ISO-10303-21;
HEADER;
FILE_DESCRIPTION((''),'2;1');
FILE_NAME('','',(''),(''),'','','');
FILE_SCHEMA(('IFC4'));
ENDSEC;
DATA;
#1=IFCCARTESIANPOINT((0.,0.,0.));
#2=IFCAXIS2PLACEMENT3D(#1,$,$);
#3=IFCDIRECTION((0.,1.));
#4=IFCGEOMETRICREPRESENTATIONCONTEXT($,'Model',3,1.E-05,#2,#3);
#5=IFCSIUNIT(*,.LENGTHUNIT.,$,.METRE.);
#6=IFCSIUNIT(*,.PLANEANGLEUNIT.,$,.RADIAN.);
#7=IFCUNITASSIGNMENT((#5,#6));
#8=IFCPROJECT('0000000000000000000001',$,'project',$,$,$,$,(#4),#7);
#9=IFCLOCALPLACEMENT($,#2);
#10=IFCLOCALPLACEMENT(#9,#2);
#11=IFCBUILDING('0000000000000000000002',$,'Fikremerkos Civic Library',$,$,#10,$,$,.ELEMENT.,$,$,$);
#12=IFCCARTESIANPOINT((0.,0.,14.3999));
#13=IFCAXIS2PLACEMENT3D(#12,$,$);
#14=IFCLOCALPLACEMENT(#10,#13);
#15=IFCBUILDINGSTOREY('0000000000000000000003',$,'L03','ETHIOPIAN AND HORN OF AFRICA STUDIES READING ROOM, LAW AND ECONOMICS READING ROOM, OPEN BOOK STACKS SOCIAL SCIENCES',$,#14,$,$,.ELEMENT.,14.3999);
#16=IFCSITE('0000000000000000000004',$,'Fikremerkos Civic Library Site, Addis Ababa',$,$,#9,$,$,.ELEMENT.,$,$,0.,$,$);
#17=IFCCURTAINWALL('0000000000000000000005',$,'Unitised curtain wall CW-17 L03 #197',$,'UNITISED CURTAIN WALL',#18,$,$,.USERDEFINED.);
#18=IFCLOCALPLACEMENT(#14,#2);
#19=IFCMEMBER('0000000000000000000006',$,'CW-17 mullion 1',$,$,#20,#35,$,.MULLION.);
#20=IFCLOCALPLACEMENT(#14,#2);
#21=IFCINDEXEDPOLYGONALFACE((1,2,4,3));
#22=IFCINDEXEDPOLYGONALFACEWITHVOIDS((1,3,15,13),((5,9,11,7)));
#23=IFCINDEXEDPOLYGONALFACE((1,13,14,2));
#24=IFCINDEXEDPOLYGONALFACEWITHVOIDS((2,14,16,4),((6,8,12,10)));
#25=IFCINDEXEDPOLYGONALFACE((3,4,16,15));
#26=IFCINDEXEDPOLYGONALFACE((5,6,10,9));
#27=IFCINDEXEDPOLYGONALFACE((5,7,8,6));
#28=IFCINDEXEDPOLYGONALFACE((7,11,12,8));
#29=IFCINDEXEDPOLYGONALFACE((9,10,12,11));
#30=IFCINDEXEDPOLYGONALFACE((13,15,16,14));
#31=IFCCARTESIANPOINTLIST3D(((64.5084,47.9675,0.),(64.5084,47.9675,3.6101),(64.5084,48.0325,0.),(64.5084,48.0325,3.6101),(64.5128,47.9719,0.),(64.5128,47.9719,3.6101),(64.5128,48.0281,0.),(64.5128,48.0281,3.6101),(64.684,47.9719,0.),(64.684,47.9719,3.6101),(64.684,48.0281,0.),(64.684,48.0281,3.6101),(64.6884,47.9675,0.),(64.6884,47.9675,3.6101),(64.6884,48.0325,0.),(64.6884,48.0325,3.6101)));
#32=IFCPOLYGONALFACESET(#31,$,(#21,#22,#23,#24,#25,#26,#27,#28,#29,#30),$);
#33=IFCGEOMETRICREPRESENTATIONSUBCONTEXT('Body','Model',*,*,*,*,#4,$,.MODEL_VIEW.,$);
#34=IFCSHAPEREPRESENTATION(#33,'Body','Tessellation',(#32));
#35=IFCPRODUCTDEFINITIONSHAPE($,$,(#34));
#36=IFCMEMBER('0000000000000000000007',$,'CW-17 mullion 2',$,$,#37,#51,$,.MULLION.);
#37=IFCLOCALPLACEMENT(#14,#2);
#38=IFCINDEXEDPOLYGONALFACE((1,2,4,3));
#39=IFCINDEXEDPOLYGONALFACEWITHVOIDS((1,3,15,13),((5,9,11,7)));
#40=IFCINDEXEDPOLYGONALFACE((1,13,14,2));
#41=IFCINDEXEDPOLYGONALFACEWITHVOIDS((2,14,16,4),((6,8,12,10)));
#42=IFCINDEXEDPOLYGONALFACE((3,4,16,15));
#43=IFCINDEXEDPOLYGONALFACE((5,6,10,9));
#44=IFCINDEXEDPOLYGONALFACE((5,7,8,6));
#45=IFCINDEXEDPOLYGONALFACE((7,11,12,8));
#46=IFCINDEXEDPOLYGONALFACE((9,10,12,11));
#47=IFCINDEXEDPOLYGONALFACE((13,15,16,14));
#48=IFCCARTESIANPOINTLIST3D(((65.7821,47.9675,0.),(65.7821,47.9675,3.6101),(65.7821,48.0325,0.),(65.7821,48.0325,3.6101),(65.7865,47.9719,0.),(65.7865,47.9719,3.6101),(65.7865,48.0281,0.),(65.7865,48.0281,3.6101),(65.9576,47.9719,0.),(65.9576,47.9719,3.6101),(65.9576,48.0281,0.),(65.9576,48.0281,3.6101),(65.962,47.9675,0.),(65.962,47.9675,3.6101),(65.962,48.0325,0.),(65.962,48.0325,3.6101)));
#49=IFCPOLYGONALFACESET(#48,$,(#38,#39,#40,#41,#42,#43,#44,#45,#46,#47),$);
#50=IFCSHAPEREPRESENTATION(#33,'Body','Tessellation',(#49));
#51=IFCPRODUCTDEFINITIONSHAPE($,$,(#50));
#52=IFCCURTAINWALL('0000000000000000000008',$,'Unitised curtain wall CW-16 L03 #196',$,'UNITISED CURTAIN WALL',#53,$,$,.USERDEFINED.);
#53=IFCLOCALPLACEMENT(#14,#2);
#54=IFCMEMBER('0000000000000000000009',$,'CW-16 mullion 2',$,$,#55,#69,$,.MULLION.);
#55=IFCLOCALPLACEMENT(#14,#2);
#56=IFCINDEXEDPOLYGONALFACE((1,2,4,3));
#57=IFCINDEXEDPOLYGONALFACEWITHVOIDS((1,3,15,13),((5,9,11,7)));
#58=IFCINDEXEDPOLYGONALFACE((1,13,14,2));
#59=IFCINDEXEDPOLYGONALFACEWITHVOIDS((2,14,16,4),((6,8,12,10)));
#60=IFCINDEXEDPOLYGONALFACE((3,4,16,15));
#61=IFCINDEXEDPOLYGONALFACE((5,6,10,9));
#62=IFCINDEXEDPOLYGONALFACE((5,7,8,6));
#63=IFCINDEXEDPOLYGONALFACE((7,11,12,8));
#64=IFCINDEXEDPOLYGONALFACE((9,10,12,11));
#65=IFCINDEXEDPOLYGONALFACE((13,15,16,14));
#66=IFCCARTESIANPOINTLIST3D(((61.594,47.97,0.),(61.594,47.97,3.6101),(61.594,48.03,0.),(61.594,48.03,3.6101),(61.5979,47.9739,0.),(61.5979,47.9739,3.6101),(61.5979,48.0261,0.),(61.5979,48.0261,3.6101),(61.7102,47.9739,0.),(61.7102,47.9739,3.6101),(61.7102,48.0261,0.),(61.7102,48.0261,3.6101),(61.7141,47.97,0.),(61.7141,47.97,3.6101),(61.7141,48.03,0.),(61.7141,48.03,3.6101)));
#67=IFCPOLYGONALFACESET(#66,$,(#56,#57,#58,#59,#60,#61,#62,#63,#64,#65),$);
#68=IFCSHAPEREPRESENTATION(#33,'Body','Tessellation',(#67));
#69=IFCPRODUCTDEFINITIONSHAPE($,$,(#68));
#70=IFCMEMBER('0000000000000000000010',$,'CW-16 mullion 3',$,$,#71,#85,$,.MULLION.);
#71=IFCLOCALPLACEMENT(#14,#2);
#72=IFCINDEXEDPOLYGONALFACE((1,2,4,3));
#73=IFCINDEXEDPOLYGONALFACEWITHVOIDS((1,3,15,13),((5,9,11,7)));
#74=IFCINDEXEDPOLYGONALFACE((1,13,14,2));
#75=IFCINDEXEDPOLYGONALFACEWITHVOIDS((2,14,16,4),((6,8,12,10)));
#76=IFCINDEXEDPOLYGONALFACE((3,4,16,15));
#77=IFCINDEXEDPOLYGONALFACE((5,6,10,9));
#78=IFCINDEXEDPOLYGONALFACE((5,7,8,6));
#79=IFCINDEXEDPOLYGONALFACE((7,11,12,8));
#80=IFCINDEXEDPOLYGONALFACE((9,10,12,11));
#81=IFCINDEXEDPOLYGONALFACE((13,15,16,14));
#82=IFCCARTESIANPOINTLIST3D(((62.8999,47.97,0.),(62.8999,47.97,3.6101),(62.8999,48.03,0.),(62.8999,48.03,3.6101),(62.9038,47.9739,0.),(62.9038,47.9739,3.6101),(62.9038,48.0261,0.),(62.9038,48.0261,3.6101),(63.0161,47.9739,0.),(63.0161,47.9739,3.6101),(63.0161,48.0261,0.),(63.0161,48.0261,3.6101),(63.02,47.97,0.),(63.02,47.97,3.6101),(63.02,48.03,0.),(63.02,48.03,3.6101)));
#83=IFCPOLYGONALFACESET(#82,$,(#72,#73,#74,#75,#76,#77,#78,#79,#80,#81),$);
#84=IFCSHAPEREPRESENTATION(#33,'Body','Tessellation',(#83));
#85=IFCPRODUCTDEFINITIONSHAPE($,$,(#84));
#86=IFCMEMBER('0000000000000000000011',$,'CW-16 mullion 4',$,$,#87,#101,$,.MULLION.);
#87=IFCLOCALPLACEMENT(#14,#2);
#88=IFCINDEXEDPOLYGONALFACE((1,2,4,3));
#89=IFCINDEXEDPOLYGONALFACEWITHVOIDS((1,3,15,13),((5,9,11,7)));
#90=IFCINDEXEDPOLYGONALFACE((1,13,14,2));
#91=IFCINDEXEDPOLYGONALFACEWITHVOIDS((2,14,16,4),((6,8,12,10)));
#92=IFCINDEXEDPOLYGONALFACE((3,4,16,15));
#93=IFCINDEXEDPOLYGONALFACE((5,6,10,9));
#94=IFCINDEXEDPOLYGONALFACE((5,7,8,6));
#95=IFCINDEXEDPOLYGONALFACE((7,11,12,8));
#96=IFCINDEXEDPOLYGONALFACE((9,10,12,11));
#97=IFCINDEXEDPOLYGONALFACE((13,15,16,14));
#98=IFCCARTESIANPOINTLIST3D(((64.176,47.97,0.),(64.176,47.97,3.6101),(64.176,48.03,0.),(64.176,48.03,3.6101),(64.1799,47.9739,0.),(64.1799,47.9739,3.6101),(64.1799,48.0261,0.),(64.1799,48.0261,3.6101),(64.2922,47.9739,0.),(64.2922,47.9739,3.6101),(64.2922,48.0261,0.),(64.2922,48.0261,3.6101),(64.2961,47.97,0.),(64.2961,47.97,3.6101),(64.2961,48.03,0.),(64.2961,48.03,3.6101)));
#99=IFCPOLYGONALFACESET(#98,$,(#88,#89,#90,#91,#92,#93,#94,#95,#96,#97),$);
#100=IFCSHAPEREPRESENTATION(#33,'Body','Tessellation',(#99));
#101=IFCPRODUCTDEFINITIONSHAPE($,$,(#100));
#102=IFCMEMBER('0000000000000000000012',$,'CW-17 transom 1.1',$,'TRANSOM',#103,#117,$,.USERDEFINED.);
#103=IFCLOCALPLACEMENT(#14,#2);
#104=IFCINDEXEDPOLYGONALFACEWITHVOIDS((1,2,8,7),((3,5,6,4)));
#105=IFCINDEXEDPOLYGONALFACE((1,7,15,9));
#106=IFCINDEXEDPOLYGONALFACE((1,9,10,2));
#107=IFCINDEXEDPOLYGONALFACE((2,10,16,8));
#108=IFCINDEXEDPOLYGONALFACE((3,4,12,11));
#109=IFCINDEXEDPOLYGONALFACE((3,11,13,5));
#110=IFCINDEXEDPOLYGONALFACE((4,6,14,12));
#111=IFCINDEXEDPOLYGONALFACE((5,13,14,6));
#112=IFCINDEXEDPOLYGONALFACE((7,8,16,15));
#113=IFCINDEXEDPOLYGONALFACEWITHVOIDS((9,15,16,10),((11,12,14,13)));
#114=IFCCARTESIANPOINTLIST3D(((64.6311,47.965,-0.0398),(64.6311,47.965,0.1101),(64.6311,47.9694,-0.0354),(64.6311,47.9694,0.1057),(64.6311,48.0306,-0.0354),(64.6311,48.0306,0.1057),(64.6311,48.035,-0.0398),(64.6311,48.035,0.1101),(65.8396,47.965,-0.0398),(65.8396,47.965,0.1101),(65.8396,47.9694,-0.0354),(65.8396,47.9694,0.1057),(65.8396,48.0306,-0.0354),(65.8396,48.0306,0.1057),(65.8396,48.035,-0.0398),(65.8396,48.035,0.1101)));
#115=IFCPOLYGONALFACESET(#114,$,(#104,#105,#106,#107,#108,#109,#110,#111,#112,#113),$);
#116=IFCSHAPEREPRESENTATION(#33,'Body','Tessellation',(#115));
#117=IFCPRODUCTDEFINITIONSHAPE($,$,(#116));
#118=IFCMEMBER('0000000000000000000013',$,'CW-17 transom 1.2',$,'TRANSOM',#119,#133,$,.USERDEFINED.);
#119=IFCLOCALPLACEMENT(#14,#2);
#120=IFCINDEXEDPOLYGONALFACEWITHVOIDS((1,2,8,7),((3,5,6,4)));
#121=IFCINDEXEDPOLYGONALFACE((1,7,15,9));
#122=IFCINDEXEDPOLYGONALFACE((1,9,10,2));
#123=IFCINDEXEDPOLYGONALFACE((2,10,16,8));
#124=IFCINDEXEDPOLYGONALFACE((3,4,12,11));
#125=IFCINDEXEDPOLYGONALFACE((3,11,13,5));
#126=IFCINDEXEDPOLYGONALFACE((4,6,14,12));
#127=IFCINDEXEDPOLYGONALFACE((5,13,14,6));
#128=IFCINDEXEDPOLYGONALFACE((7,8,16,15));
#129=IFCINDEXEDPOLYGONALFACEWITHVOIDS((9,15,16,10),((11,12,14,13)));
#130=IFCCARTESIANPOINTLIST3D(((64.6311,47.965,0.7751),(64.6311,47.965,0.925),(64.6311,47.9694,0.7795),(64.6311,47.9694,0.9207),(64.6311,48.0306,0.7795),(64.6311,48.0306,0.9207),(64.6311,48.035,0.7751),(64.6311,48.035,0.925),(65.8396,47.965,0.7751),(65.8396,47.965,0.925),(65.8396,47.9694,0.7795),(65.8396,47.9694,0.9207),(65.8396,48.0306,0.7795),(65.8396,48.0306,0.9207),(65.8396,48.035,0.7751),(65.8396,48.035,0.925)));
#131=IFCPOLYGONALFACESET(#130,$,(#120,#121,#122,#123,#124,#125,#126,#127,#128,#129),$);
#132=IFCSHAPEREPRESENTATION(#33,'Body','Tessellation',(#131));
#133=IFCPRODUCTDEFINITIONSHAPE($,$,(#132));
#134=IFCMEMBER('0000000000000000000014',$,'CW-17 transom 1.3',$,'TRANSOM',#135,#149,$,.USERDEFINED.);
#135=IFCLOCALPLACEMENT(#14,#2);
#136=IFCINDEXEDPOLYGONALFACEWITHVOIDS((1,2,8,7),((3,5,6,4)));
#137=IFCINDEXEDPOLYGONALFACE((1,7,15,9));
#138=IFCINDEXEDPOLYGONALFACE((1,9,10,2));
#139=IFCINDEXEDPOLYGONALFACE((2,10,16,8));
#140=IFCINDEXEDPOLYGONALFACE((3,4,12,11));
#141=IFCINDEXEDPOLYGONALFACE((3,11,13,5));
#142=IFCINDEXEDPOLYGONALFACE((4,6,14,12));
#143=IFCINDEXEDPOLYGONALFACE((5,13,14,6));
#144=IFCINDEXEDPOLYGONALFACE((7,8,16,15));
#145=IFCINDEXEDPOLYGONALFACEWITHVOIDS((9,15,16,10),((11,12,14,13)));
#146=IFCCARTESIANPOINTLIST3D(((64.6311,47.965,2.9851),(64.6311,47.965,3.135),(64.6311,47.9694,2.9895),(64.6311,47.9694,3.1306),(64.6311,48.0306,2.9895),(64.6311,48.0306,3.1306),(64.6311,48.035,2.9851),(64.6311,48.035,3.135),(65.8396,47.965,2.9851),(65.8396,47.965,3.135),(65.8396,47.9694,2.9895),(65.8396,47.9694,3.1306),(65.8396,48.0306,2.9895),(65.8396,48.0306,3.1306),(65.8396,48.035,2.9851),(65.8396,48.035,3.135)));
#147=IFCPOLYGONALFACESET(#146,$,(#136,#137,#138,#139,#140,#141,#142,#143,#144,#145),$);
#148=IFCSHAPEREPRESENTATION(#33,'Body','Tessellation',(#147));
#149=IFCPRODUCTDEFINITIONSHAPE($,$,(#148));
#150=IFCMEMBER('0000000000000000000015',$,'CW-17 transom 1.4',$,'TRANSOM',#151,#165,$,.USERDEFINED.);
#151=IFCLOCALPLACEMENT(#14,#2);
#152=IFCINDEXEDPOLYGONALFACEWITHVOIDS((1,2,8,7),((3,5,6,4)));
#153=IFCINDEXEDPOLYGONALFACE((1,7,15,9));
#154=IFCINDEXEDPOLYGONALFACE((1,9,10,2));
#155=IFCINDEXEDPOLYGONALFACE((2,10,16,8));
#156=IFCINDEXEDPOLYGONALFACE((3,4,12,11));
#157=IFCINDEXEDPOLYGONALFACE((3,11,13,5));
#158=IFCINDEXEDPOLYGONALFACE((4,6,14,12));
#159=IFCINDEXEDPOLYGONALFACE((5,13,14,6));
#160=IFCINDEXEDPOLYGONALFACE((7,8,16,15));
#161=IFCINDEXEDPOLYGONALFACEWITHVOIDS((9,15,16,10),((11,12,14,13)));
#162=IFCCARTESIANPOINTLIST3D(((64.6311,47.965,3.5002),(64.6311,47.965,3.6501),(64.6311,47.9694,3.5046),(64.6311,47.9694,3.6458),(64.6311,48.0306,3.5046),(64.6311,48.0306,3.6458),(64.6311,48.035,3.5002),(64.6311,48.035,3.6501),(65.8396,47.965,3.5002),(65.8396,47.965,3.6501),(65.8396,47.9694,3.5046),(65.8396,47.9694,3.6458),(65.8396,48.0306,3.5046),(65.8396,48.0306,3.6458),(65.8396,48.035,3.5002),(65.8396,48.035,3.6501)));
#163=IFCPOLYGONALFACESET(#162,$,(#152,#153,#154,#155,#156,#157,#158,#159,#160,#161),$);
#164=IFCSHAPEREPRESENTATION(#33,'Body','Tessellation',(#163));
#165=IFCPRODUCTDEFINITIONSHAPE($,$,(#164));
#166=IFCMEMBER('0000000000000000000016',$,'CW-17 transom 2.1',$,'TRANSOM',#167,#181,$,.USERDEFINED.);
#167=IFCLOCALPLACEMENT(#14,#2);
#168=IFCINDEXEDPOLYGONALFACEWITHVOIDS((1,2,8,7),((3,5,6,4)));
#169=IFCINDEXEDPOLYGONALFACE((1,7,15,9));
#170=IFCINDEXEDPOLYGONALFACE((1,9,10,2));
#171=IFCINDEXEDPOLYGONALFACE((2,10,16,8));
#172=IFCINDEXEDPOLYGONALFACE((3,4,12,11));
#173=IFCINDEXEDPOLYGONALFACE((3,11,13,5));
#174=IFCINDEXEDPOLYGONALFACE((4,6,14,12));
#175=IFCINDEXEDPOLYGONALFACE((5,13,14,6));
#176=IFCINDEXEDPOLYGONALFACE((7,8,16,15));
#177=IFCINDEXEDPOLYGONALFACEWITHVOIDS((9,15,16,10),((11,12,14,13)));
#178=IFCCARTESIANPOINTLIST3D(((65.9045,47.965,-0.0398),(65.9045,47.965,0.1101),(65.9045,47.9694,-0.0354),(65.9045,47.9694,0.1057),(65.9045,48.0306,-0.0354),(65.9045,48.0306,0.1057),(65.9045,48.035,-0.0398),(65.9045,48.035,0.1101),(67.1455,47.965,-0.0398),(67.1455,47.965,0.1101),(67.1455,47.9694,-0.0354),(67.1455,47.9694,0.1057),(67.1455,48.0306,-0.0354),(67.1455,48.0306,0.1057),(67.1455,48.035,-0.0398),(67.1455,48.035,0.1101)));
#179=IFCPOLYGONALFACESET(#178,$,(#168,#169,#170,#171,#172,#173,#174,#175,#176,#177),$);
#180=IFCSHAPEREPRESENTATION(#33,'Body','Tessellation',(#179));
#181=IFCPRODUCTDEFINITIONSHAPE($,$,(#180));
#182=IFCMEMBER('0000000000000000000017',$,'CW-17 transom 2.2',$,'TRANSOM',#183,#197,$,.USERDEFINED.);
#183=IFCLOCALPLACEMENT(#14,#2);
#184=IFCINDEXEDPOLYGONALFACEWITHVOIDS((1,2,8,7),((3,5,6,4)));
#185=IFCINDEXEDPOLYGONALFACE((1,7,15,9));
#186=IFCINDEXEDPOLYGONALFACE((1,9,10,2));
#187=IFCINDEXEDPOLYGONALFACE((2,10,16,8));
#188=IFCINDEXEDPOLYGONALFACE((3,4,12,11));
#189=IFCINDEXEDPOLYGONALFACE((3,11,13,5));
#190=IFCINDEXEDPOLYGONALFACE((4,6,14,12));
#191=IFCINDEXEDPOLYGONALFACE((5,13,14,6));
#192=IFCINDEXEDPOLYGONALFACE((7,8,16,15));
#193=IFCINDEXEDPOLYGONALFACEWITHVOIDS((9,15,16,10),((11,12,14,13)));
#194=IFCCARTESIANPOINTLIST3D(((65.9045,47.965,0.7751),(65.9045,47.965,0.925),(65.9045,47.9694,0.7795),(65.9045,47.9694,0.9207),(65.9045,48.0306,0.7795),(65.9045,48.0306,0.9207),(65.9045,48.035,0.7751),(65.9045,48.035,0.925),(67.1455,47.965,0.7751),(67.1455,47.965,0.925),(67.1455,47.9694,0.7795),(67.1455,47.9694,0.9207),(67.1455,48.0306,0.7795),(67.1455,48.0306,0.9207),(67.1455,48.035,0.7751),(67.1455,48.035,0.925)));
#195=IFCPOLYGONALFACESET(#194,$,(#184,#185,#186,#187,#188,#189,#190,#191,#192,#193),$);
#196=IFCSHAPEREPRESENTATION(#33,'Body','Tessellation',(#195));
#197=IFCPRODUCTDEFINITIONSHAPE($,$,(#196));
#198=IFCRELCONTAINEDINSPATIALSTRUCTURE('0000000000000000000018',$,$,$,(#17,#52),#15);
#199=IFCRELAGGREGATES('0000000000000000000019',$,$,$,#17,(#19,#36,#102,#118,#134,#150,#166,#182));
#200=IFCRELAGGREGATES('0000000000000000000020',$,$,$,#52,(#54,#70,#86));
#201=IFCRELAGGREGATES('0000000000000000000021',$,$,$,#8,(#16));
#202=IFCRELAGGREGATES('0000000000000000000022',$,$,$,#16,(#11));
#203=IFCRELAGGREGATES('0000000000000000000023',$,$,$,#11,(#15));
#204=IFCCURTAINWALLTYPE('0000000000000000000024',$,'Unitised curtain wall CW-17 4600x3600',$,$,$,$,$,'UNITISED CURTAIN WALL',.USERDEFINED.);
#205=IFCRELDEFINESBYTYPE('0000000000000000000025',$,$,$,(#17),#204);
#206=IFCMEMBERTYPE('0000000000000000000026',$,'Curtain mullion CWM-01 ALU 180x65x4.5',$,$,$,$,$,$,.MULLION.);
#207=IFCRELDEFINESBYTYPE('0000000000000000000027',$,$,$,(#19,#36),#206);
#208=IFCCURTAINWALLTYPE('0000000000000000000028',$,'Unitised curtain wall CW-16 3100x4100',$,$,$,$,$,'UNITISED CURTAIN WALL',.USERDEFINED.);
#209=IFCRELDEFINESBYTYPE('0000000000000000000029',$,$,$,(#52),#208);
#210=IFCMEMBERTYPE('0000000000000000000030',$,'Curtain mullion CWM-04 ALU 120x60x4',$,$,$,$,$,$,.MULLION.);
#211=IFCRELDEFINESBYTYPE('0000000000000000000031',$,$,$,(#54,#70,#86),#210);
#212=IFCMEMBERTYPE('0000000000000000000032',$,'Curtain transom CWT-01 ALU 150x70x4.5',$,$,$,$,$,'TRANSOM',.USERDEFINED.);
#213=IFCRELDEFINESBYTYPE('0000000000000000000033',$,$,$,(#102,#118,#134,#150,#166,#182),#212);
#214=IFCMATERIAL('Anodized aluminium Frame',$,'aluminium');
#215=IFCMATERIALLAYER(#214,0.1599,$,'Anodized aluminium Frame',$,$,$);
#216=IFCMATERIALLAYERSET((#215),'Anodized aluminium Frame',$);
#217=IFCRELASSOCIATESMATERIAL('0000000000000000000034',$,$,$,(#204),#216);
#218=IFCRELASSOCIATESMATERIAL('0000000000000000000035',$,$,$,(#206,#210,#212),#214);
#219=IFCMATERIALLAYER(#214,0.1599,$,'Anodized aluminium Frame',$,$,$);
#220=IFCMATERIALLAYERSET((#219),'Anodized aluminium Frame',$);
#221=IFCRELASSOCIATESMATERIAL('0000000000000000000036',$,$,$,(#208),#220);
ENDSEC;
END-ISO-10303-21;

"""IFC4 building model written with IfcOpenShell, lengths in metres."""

from ifc_helpers import new_model, si_unit, direction, frame, origin, origin_2d, place, context, subcontext, project, spatial, hollow_rectangle, extrude, material, layer, layer_set, material_profile, profile_set, type_object, element, aggregate, save


model = new_model("IFC4")

# Units and contexts
model_context = context("Model", 3, precision=1e-05, world=origin(), true_north=direction((0.0, 1.0)))
body_context = subcontext(model_context, "Body", "Model", "MODEL_VIEW")
ifc_project = project(units=[si_unit("LENGTHUNIT", "METRE"), si_unit("PLANEANGLEUNIT", "RADIAN")], contexts=[model_context])

# Site, building, storey
site_placement = place(None, origin())
site = spatial("IfcSite", under=ifc_project, at=site_placement, Name="Fikremerkos Civic Library Site, Addis Ababa", CompositionType="ELEMENT", RefElevation=0.0)
building_placement = place(site_placement, origin())
building = spatial("IfcBuilding", under=site, at=building_placement, Name="Fikremerkos Civic Library", CompositionType="ELEMENT")
storey_placement = place(building_placement, frame((0.0, 0.0, 14.3999)))
storey = spatial("IfcBuildingStorey", under=building, at=storey_placement, Name="L03", Description="ETHIOPIAN AND HORN OF AFRICA STUDIES READING ROOM, LAW AND ECONOMICS READING ROOM, OPEN BOOK STACKS SOCIAL SCIENCES", CompositionType="ELEMENT", Elevation=14.3999)

# Curtain walls, members
ifc_material_1 = material(Name="Anodized aluminium Frame", Category="aluminium")
ifc_layer_1 = layer(ifc_material_1, 0.1599, Name="Anodized aluminium Frame")
ifc_layer_set_1 = layer_set([ifc_layer_1], Name="Anodized aluminium Frame")
curtain_wall_type_1 = type_object("IfcCurtainWallType", Name="Unitised curtain wall CW-17 4600x3600", ElementType="UNITISED CURTAIN WALL", PredefinedType="USERDEFINED", material=ifc_layer_set_1)
curtain_wall_1_placement = place(storey_placement, origin())
curtain_wall_1 = element("IfcCurtainWall", 1, at=curtain_wall_1_placement, inside=storey, type_object=curtain_wall_type_1, Name="Unitised curtain wall CW-17 L03 #197", ObjectType="UNITISED CURTAIN WALL", PredefinedType="USERDEFINED")
ifc_material_profile_1 = material_profile(ifc_material_1, hollow_rectangle(XDim=0.0649, YDim=0.1799, WallThickness=0.0044, at=origin_2d()), Name="ALU 180x65x4.5")
ifc_profile_set_1 = profile_set([ifc_material_profile_1], Name="Anodized aluminium Frame")
member_type_1 = type_object("IfcMemberType", Name="Curtain mullion CWM-01 ALU 180x65x4.5", PredefinedType="MULLION", material=ifc_profile_set_1)
member_1_placement = place(storey_placement, frame((64.5984, 48.0, 0.0), z_axis=(0.0, 0.0, 1.0), x_axis=(0.0, 1.0, 0.0)))
member_1 = element("IfcMember", 2, at=member_1_placement, type_object=member_type_1, Name="CW-17 mullion 1", PredefinedType="MULLION", context=body_context, shape_type="SweptSolid", body=[
    extrude(hollow_rectangle(XDim=0.0649, YDim=0.1799, WallThickness=0.0044, at=origin_2d()), origin(), (0.0, 0.0, 1.0), 3.6101),
])
member_2_placement = place(storey_placement, frame((65.8721, 48.0, 0.0), z_axis=(0.0, 0.0, 1.0), x_axis=(0.0, 1.0, 0.0)))
member_2 = element("IfcMember", 3, at=member_2_placement, type_object=member_type_1, Name="CW-17 mullion 2", PredefinedType="MULLION", context=body_context, shape_type="SweptSolid", body=[
    extrude(hollow_rectangle(XDim=0.0649, YDim=0.1799, WallThickness=0.0044, at=origin_2d()), origin(), (0.0, 0.0, 1.0), 3.6101),
])
ifc_layer_2 = layer(ifc_material_1, 0.1599, Name="Anodized aluminium Frame")
ifc_layer_set_2 = layer_set([ifc_layer_2], Name="Anodized aluminium Frame")
curtain_wall_type_2 = type_object("IfcCurtainWallType", Name="Unitised curtain wall CW-16 3100x4100", ElementType="UNITISED CURTAIN WALL", PredefinedType="USERDEFINED", material=ifc_layer_set_2)
curtain_wall_2_placement = place(storey_placement, origin())
curtain_wall_2 = element("IfcCurtainWall", 4, at=curtain_wall_2_placement, inside=storey, type_object=curtain_wall_type_2, Name="Unitised curtain wall CW-16 L03 #196", ObjectType="UNITISED CURTAIN WALL", PredefinedType="USERDEFINED")
ifc_material_profile_2 = material_profile(ifc_material_1, hollow_rectangle(XDim=0.0601, YDim=0.1201, WallThickness=0.0039, at=origin_2d()), Name="ALU 120x60x4")
ifc_profile_set_2 = profile_set([ifc_material_profile_2], Name="Anodized aluminium Frame")
member_type_2 = type_object("IfcMemberType", Name="Curtain mullion CWM-04 ALU 120x60x4", PredefinedType="MULLION", material=ifc_profile_set_2)
member_3_placement = place(storey_placement, frame((61.6541, 48.0, 0.0), z_axis=(0.0, 0.0, 1.0), x_axis=(0.0, 1.0, 0.0)))
member_3 = element("IfcMember", 5, at=member_3_placement, type_object=member_type_2, Name="CW-16 mullion 2", PredefinedType="MULLION", context=body_context, shape_type="SweptSolid", body=[
    extrude(hollow_rectangle(XDim=0.0601, YDim=0.1201, WallThickness=0.0039, at=origin_2d()), origin(), (0.0, 0.0, 1.0), 3.6101),
])
member_4_placement = place(storey_placement, frame((62.96, 48.0, 0.0), z_axis=(0.0, 0.0, 1.0), x_axis=(0.0, 1.0, 0.0)))
member_4 = element("IfcMember", 6, at=member_4_placement, type_object=member_type_2, Name="CW-16 mullion 3", PredefinedType="MULLION", context=body_context, shape_type="SweptSolid", body=[
    extrude(hollow_rectangle(XDim=0.0601, YDim=0.1201, WallThickness=0.0039, at=origin_2d()), origin(), (0.0, 0.0, 1.0), 3.6101),
])
member_5_placement = place(storey_placement, frame((64.2361, 48.0, 0.0), z_axis=(0.0, 0.0, 1.0), x_axis=(0.0, 1.0, 0.0)))
member_5 = element("IfcMember", 7, at=member_5_placement, type_object=member_type_2, Name="CW-16 mullion 4", PredefinedType="MULLION", context=body_context, shape_type="SweptSolid", body=[
    extrude(hollow_rectangle(XDim=0.0601, YDim=0.1201, WallThickness=0.0039, at=origin_2d()), origin(), (0.0, 0.0, 1.0), 3.6101),
])

# Members
ifc_material_profile_3 = material_profile(ifc_material_1, hollow_rectangle(XDim=0.0701, YDim=0.1499, WallThickness=0.0044, at=origin_2d()), Name="ALU 150x70x4.5")
ifc_profile_set_3 = profile_set([ifc_material_profile_3], Name="Anodized aluminium Frame")
member_type_3 = type_object("IfcMemberType", Name="Curtain transom CWT-01 ALU 150x70x4.5", ElementType="TRANSOM", PredefinedType="USERDEFINED", material=ifc_profile_set_3)
member_6_placement = place(storey_placement, frame((64.6311, 48.0, 0.0352), z_axis=(1.0, 0.0, 0.0), x_axis=(0.0, 1.0, 0.0)))
member_6 = element("IfcMember", 8, at=member_6_placement, type_object=member_type_3, Name="CW-17 transom 1.1", ObjectType="TRANSOM", PredefinedType="USERDEFINED", context=body_context, shape_type="SweptSolid", body=[
    extrude(hollow_rectangle(XDim=0.0701, YDim=0.1499, WallThickness=0.0044, at=origin_2d()), origin(), (0.0, 0.0, 1.0), 1.2085),
])
member_7_placement = place(storey_placement, frame((64.6311, 48.0, 0.8501), z_axis=(1.0, 0.0, 0.0), x_axis=(0.0, 1.0, 0.0)))
member_7 = element("IfcMember", 9, at=member_7_placement, type_object=member_type_3, Name="CW-17 transom 1.2", ObjectType="TRANSOM", PredefinedType="USERDEFINED", context=body_context, shape_type="SweptSolid", body=[
    extrude(hollow_rectangle(XDim=0.0701, YDim=0.1499, WallThickness=0.0044, at=origin_2d()), origin(), (0.0, 0.0, 1.0), 1.2085),
])
member_8_placement = place(storey_placement, frame((64.6311, 48.0, 3.0601), z_axis=(1.0, 0.0, 0.0), x_axis=(0.0, 1.0, 0.0)))
member_8 = element("IfcMember", 10, at=member_8_placement, type_object=member_type_3, Name="CW-17 transom 1.3", ObjectType="TRANSOM", PredefinedType="USERDEFINED", context=body_context, shape_type="SweptSolid", body=[
    extrude(hollow_rectangle(XDim=0.0701, YDim=0.1499, WallThickness=0.0044, at=origin_2d()), origin(), (0.0, 0.0, 1.0), 1.2085),
])
member_9_placement = place(storey_placement, frame((64.6311, 48.0, 3.5752), z_axis=(1.0, 0.0, 0.0), x_axis=(0.0, 1.0, 0.0)))
member_9 = element("IfcMember", 11, at=member_9_placement, type_object=member_type_3, Name="CW-17 transom 1.4", ObjectType="TRANSOM", PredefinedType="USERDEFINED", context=body_context, shape_type="SweptSolid", body=[
    extrude(hollow_rectangle(XDim=0.0701, YDim=0.1499, WallThickness=0.0044, at=origin_2d()), origin(), (0.0, 0.0, 1.0), 1.2085),
])
member_10_placement = place(storey_placement, frame((65.9045, 48.0, 0.0352), z_axis=(1.0, 0.0, 0.0), x_axis=(0.0, 1.0, 0.0)))
member_10 = element("IfcMember", 12, at=member_10_placement, type_object=member_type_3, Name="CW-17 transom 2.1", ObjectType="TRANSOM", PredefinedType="USERDEFINED", context=body_context, shape_type="SweptSolid", body=[
    extrude(hollow_rectangle(XDim=0.0701, YDim=0.1499, WallThickness=0.0044, at=origin_2d()), origin(), (0.0, 0.0, 1.0), 1.241),
])
member_11_placement = place(storey_placement, frame((65.9045, 48.0, 0.8501), z_axis=(1.0, 0.0, 0.0), x_axis=(0.0, 1.0, 0.0)))
member_11 = element("IfcMember", 13, at=member_11_placement, type_object=member_type_3, Name="CW-17 transom 2.2", ObjectType="TRANSOM", PredefinedType="USERDEFINED", context=body_context, shape_type="SweptSolid", body=[
    extrude(hollow_rectangle(XDim=0.0701, YDim=0.1499, WallThickness=0.0044, at=origin_2d()), origin(), (0.0, 0.0, 1.0), 1.241),
])

aggregate(curtain_wall_1, [member_1, member_2, member_6, member_7, member_8, member_9, member_10, member_11])
aggregate(curtain_wall_2, [member_3, member_4, member_5])

save(model, "model.ifc")
